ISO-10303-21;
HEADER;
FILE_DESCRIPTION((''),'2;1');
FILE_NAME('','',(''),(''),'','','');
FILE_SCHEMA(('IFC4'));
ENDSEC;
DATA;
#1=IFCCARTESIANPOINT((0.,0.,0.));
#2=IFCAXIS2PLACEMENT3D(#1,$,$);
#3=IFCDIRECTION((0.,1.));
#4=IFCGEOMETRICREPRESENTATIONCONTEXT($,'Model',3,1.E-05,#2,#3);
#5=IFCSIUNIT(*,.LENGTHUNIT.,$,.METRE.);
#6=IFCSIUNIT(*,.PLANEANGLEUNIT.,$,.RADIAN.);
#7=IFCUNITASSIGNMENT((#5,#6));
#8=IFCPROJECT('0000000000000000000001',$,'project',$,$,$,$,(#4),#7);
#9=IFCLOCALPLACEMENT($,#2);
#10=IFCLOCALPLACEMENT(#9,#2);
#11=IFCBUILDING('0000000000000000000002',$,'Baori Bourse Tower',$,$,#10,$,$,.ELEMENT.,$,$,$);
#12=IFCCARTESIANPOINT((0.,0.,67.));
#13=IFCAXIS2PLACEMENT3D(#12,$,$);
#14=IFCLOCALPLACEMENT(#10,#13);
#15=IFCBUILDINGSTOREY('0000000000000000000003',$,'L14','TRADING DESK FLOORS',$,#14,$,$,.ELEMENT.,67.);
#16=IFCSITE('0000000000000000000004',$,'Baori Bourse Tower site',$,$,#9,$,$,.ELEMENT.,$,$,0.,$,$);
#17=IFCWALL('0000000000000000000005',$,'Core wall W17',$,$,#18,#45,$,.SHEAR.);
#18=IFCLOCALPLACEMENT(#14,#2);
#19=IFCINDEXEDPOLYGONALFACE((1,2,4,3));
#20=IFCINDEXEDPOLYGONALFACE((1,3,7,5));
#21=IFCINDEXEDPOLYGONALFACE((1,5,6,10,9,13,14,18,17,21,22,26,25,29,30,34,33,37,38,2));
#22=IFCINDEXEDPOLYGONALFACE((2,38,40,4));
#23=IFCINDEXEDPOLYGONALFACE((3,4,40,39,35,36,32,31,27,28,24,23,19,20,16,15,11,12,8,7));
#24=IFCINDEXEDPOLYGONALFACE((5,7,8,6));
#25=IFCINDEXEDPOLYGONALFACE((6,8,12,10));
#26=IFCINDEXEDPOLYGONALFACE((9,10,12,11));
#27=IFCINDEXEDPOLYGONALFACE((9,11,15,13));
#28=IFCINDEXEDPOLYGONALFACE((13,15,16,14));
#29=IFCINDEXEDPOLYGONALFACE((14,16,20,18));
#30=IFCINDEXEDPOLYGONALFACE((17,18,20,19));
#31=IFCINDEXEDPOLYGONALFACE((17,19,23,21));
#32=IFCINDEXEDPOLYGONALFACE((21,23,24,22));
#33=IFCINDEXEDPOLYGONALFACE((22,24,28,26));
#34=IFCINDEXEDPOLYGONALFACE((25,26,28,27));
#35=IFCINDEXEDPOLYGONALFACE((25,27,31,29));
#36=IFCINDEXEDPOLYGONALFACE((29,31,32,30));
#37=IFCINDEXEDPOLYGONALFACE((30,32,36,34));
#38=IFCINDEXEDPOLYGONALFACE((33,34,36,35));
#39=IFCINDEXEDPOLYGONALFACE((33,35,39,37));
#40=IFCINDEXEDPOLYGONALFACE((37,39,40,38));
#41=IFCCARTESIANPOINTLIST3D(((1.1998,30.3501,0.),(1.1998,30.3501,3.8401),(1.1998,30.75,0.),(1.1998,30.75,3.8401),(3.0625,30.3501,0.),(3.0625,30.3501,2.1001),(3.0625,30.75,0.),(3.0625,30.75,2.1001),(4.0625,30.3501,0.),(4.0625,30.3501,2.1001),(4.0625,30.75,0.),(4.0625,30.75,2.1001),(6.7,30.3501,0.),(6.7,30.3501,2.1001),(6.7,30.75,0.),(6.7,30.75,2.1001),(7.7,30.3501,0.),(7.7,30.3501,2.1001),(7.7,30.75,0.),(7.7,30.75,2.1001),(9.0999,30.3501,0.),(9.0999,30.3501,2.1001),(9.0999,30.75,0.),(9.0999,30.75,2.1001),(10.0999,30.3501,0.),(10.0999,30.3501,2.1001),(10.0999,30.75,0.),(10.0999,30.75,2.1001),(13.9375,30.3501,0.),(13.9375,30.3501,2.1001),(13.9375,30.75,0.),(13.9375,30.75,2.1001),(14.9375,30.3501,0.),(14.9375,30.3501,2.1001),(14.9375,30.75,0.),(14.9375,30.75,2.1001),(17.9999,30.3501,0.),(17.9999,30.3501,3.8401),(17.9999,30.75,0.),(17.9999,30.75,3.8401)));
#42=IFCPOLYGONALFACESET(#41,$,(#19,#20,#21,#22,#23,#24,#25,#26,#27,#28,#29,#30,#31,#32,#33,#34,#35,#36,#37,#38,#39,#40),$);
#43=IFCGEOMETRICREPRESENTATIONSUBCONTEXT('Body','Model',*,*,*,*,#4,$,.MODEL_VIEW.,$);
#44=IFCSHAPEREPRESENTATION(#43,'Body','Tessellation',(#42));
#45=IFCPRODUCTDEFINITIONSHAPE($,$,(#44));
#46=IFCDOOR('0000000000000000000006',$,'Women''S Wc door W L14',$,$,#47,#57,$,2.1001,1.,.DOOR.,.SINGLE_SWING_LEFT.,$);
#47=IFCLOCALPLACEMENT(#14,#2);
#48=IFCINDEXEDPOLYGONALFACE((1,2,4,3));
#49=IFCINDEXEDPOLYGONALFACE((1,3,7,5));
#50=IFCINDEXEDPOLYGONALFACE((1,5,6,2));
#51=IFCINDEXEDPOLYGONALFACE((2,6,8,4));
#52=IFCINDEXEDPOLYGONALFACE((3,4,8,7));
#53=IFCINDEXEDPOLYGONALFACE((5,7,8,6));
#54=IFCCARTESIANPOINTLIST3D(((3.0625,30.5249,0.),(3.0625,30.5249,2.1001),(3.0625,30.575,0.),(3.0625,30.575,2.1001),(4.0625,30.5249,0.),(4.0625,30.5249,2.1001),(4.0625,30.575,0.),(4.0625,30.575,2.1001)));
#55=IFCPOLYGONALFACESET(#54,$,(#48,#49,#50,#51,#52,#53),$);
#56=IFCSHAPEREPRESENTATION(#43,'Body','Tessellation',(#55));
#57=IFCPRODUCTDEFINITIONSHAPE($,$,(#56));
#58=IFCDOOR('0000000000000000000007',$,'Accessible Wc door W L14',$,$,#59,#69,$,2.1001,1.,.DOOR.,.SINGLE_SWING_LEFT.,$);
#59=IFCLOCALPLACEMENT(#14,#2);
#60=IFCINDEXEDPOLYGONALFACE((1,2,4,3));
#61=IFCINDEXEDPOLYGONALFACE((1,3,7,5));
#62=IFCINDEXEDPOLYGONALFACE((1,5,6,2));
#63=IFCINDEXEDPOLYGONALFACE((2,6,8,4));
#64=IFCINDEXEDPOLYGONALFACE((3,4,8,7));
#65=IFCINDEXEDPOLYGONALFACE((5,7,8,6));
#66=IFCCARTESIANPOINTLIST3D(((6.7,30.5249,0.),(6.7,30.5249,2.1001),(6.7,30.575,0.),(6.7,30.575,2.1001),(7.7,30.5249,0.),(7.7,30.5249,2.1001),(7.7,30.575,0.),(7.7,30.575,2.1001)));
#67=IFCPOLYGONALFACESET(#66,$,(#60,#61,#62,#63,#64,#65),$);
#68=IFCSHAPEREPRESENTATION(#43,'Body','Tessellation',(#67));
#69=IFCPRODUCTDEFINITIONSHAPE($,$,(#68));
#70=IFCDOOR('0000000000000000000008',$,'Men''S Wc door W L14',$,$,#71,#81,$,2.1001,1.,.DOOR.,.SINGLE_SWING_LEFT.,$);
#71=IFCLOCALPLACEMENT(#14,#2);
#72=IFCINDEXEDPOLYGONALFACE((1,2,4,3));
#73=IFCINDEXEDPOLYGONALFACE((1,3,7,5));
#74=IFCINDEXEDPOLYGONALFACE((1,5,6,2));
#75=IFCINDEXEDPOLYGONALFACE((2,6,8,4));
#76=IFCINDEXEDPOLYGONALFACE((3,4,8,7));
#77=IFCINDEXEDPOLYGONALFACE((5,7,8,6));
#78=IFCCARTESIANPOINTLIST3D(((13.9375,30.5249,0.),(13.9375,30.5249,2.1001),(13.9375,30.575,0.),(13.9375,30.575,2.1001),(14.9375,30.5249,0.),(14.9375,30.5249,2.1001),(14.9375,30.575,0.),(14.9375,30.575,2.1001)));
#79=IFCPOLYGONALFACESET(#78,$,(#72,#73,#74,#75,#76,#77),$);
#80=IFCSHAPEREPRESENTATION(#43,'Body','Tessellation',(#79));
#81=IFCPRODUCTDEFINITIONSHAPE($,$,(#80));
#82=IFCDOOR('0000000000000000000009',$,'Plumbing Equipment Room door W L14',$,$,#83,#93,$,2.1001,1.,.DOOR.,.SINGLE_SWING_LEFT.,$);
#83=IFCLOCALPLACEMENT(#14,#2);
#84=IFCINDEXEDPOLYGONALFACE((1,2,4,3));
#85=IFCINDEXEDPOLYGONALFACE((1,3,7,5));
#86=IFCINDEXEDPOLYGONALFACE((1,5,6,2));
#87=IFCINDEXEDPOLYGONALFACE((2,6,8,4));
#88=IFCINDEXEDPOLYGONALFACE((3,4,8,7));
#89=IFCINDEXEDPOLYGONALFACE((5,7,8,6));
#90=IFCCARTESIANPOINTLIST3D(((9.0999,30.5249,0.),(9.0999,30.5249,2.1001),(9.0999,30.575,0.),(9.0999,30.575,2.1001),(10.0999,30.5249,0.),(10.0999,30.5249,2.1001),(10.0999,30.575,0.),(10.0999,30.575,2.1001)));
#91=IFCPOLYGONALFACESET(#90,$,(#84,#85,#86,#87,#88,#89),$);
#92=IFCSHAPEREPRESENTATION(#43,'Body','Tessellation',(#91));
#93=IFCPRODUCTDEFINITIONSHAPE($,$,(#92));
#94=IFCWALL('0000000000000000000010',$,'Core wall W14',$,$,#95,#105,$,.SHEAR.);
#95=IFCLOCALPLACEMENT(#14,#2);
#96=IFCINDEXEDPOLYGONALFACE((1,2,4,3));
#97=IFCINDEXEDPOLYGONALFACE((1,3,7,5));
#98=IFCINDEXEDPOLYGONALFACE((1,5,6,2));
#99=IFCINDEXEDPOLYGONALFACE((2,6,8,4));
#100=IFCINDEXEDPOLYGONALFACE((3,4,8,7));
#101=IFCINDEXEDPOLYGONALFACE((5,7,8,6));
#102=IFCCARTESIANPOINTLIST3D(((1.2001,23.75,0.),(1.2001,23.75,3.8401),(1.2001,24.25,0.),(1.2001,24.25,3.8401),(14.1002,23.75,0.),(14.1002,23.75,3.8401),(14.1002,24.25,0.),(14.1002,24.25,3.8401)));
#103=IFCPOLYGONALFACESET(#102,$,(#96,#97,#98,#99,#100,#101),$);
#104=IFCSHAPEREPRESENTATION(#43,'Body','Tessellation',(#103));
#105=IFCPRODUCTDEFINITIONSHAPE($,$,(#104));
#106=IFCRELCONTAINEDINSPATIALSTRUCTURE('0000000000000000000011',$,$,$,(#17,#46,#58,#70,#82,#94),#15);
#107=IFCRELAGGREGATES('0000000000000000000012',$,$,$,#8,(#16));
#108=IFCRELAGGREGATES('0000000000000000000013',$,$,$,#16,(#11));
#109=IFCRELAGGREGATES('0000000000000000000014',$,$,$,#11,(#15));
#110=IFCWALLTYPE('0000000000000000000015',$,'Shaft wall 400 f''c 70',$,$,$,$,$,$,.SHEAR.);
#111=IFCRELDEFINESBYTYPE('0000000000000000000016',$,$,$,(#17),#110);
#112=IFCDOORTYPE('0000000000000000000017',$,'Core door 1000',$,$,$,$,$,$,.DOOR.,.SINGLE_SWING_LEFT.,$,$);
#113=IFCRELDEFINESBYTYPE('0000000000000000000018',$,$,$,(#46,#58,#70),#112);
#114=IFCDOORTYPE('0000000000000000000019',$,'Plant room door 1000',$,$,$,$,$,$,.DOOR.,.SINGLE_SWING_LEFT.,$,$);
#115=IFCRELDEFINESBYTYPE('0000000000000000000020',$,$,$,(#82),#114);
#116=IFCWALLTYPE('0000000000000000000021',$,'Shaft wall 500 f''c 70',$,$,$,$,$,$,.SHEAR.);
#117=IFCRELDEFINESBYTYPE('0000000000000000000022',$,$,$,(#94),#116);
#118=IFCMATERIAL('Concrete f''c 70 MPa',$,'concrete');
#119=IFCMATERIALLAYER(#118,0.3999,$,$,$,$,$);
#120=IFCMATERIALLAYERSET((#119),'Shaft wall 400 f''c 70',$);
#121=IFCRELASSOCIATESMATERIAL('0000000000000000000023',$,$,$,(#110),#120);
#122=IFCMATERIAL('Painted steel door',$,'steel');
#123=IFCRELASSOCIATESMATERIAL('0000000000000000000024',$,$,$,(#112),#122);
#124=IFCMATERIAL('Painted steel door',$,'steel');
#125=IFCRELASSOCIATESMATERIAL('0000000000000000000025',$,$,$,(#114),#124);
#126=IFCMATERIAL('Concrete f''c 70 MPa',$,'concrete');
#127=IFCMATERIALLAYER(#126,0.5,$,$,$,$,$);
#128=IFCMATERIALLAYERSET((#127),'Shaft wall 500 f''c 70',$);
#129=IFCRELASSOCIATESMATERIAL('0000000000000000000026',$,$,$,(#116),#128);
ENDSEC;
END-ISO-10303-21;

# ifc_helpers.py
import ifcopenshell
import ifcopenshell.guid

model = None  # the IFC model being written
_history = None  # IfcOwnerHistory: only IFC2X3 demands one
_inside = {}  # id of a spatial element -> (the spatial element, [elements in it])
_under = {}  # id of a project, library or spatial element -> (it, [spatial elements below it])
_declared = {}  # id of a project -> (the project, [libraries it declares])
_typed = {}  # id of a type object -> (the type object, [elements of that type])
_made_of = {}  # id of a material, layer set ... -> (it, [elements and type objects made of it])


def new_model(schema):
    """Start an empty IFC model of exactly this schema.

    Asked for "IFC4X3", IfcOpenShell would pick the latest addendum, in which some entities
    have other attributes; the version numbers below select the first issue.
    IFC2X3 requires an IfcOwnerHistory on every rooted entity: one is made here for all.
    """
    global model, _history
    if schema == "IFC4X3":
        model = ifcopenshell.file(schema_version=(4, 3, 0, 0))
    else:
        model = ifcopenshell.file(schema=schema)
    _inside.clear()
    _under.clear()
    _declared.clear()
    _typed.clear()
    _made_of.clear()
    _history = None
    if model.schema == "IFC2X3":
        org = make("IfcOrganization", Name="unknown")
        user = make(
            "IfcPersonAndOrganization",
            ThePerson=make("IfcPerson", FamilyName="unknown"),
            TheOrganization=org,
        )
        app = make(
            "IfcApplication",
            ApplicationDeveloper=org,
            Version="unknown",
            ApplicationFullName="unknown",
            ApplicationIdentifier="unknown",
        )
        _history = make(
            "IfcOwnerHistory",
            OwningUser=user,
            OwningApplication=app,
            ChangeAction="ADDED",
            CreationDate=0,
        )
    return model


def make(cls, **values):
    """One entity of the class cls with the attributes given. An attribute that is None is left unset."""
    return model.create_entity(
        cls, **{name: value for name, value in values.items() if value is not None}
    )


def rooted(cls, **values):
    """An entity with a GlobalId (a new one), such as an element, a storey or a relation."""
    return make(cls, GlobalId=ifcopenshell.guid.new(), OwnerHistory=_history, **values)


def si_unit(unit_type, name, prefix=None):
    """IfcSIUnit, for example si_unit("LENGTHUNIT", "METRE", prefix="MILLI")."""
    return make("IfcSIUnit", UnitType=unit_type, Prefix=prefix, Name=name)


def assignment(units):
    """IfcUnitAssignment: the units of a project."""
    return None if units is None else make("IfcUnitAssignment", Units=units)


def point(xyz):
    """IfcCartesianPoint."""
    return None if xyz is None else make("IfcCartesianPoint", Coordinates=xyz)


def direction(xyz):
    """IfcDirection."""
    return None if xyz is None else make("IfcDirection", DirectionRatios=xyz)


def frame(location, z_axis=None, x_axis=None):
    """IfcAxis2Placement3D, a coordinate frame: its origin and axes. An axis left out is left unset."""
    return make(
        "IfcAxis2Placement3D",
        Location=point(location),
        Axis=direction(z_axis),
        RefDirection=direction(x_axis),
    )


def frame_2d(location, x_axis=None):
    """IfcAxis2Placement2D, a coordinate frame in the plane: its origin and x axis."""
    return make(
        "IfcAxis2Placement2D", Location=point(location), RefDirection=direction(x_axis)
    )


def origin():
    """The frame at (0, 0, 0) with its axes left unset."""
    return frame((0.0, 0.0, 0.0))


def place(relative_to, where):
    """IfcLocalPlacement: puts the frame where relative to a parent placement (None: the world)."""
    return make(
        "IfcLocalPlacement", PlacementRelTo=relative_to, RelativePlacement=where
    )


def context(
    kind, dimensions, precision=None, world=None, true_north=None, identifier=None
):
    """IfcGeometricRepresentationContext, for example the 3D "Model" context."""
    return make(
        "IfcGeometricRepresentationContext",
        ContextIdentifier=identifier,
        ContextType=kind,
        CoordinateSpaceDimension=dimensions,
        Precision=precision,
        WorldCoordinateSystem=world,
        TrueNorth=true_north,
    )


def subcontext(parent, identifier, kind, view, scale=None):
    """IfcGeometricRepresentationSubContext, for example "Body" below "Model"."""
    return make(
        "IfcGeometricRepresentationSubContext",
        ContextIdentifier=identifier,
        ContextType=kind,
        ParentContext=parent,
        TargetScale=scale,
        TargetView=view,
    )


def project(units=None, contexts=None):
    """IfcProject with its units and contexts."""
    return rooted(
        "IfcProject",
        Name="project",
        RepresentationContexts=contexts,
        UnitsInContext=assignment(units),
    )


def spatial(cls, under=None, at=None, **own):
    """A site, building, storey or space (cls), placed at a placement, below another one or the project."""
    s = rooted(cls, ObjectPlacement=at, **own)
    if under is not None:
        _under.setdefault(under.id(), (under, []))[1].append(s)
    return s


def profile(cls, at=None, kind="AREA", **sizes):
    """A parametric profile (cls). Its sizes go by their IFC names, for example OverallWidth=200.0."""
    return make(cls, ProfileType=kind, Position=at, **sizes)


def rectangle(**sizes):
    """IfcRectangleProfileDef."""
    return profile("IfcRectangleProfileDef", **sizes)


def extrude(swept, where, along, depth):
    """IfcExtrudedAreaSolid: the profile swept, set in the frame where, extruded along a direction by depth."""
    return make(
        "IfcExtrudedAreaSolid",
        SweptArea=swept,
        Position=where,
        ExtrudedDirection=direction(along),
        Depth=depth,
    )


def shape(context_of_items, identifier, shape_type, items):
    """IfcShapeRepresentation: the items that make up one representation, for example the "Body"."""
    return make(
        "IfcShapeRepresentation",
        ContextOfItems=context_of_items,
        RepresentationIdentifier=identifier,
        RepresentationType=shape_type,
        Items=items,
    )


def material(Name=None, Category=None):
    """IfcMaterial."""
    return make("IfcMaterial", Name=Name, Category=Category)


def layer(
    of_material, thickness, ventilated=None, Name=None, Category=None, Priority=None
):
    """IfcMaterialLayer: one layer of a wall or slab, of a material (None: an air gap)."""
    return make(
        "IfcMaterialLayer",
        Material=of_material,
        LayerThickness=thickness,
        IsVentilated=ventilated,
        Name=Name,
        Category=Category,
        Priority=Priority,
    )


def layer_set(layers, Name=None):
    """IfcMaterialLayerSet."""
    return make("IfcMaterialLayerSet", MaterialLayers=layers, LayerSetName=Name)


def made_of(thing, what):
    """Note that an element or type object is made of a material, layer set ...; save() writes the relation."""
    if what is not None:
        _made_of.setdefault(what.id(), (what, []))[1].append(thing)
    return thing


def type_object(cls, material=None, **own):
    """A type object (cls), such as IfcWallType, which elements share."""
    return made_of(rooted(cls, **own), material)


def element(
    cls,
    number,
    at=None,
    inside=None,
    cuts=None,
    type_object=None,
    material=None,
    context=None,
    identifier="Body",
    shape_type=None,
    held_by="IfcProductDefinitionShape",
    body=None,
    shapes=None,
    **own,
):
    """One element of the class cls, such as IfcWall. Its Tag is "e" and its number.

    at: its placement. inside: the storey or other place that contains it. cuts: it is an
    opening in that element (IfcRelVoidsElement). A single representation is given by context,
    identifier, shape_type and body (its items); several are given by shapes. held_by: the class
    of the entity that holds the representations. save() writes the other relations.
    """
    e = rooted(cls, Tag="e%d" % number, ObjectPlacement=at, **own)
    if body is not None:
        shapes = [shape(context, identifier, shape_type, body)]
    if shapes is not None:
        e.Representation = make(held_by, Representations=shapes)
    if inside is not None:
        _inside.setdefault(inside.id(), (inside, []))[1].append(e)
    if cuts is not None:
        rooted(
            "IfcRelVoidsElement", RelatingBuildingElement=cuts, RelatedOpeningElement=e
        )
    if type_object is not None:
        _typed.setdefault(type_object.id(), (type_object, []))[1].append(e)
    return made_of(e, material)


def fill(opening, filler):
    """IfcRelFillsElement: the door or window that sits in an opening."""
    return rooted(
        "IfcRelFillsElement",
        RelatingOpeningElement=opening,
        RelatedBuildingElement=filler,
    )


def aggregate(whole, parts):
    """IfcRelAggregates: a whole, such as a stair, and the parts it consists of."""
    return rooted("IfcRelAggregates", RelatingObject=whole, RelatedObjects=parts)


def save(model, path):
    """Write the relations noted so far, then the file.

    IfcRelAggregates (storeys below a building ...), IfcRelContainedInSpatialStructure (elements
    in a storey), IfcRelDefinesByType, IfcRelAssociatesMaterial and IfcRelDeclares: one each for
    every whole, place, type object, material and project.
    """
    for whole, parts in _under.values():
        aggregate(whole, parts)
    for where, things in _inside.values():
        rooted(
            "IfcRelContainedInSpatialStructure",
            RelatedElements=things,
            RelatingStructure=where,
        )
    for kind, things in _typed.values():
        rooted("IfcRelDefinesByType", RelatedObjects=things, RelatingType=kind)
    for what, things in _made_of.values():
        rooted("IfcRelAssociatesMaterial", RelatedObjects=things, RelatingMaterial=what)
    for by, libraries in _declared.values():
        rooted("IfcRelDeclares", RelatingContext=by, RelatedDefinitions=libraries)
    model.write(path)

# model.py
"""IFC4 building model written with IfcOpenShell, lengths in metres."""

from ifc_helpers import new_model, si_unit, direction, frame, frame_2d, origin, place, context, subcontext, project, spatial, rectangle, extrude, material, layer, layer_set, type_object, element, fill, save


model = new_model("IFC4")

# Units and contexts
model_context = context("Model", 3, precision=1e-05, world=origin(), true_north=direction((0.0, 1.0)))
body_context = subcontext(model_context, "Body", "Model", "MODEL_VIEW")
ifc_project = project(units=[si_unit("LENGTHUNIT", "METRE"), si_unit("PLANEANGLEUNIT", "RADIAN")], contexts=[model_context])

# Site, building, storey
site_placement = place(None, origin())
site = spatial("IfcSite", under=ifc_project, at=site_placement, Name="Baori Bourse Tower site", CompositionType="ELEMENT", RefElevation=0.0)
building_placement = place(site_placement, origin())
building = spatial("IfcBuilding", under=site, at=building_placement, Name="Baori Bourse Tower", CompositionType="ELEMENT")
storey_placement = place(building_placement, frame((0.0, 0.0, 67.0)))
storey = spatial("IfcBuildingStorey", under=building, at=storey_placement, Name="L14", Description="TRADING DESK FLOORS", CompositionType="ELEMENT", Elevation=67.0)

# Shared definitions
ifc_material_1 = material(Name="Concrete f'c 70 MPa", Category="concrete")
ifc_layer_1 = layer(ifc_material_1, 0.3999)
ifc_layer_set_1 = layer_set([ifc_layer_1], Name="Shaft wall 400 f'c 70")
wall_type_1 = type_object("IfcWallType", Name="Shaft wall 400 f'c 70", PredefinedType="SHEAR", material=ifc_layer_set_1)

# Wall, openings, doors
wall_1_placement = place(storey_placement, frame((1.2, 30.55, 0.0), z_axis=(0.0, 0.0, 1.0), x_axis=(1.0, 0.0, 0.0)))
wall_1 = element("IfcWall", 1, at=wall_1_placement, inside=storey, type_object=wall_type_1, Name="Core wall W17", PredefinedType="SHEAR", context=body_context, shape_type="SweptSolid", body=[
    extrude(rectangle(XDim=16.8, YDim=0.3999, at=frame_2d((8.3999, 0.0))), origin(), (0.0, 0.0, 1.0), 3.8401),
])
opening_1_placement = place(wall_1_placement, frame((1.8625, 0.0, 0.0)))
opening_1 = element("IfcOpeningElement", 2, at=opening_1_placement, cuts=wall_1, PredefinedType="OPENING", context=body_context, shape_type="SweptSolid", body=[
    extrude(rectangle(XDim=1.0, YDim=2.1001, at=frame_2d((0.5, 1.05))), frame((0.0, 0.21, 0.0), z_axis=(0.0, -1.0, 0.0), x_axis=(1.0, 0.0, 0.0)), (0.0, 0.0, 1.0), 0.4199),
])
opening_2_placement = place(wall_1_placement, frame((5.5, 0.0, 0.0)))
opening_2 = element("IfcOpeningElement", 3, at=opening_2_placement, cuts=wall_1, PredefinedType="OPENING", context=body_context, shape_type="SweptSolid", body=[
    extrude(rectangle(XDim=1.0, YDim=2.1001, at=frame_2d((0.5, 1.05))), frame((0.0, 0.21, 0.0), z_axis=(0.0, -1.0, 0.0), x_axis=(1.0, 0.0, 0.0)), (0.0, 0.0, 1.0), 0.4199),
])
opening_3_placement = place(wall_1_placement, frame((7.8999, 0.0, 0.0)))
opening_3 = element("IfcOpeningElement", 4, at=opening_3_placement, cuts=wall_1, PredefinedType="OPENING", context=body_context, shape_type="SweptSolid", body=[
    extrude(rectangle(XDim=1.0, YDim=2.1001, at=frame_2d((0.5, 1.05))), frame((0.0, 0.21, 0.0), z_axis=(0.0, -1.0, 0.0), x_axis=(1.0, 0.0, 0.0)), (0.0, 0.0, 1.0), 0.4199),
])
opening_4_placement = place(wall_1_placement, frame((12.7375, 0.0, 0.0)))
opening_4 = element("IfcOpeningElement", 5, at=opening_4_placement, cuts=wall_1, PredefinedType="OPENING", context=body_context, shape_type="SweptSolid", body=[
    extrude(rectangle(XDim=1.0, YDim=2.1001, at=frame_2d((0.5, 1.05))), frame((0.0, 0.21, 0.0), z_axis=(0.0, -1.0, 0.0), x_axis=(1.0, 0.0, 0.0)), (0.0, 0.0, 1.0), 0.4199),
])
ifc_material_2 = material(Name="Painted steel door", Category="steel")
door_type_1 = type_object("IfcDoorType", Name="Core door 1000", OperationType="SINGLE_SWING_LEFT", PredefinedType="DOOR", material=ifc_material_2)
door_1_placement = place(opening_1_placement, origin())
door_1 = element("IfcDoor", 6, at=door_1_placement, inside=storey, type_object=door_type_1, Name="Women'S Wc door W L14", OperationType="SINGLE_SWING_LEFT", OverallHeight=2.1001, OverallWidth=1.0, PredefinedType="DOOR", context=body_context, shape_type="SweptSolid", body=[
    extrude(rectangle(XDim=1.0, YDim=2.1001, at=frame_2d((0.5, 1.05))), frame((0.0, 0.0249, 0.0), z_axis=(0.0, -1.0, 0.0), x_axis=(1.0, 0.0, 0.0)), (0.0, 0.0, 1.0), 0.05),
])
fill(opening_1, door_1)
door_2_placement = place(opening_2_placement, origin())
door_2 = element("IfcDoor", 7, at=door_2_placement, inside=storey, type_object=door_type_1, Name="Accessible Wc door W L14", OperationType="SINGLE_SWING_LEFT", OverallHeight=2.1001, OverallWidth=1.0, PredefinedType="DOOR", context=body_context, shape_type="SweptSolid", body=[
    extrude(rectangle(XDim=1.0, YDim=2.1001, at=frame_2d((0.5, 1.05))), frame((0.0, 0.0249, 0.0), z_axis=(0.0, -1.0, 0.0), x_axis=(1.0, 0.0, 0.0)), (0.0, 0.0, 1.0), 0.05),
])
fill(opening_2, door_2)
door_3_placement = place(opening_4_placement, origin())
door_3 = element("IfcDoor", 8, at=door_3_placement, inside=storey, type_object=door_type_1, Name="Men'S Wc door W L14", OperationType="SINGLE_SWING_LEFT", OverallHeight=2.1001, OverallWidth=1.0, PredefinedType="DOOR", context=body_context, shape_type="SweptSolid", body=[
    extrude(rectangle(XDim=1.0, YDim=2.1001, at=frame_2d((0.5, 1.05))), frame((0.0, 0.0249, 0.0), z_axis=(0.0, -1.0, 0.0), x_axis=(1.0, 0.0, 0.0)), (0.0, 0.0, 1.0), 0.05),
])
fill(opening_4, door_3)
ifc_material_3 = material(Name="Painted steel door", Category="steel")
door_type_2 = type_object("IfcDoorType", Name="Plant room door 1000", OperationType="SINGLE_SWING_LEFT", PredefinedType="DOOR", material=ifc_material_3)
door_4_placement = place(opening_3_placement, origin())
door_4 = element("IfcDoor", 9, at=door_4_placement, inside=storey, type_object=door_type_2, Name="Plumbing Equipment Room door W L14", OperationType="SINGLE_SWING_LEFT", OverallHeight=2.1001, OverallWidth=1.0, PredefinedType="DOOR", context=body_context, shape_type="SweptSolid", body=[
    extrude(rectangle(XDim=1.0, YDim=2.1001, at=frame_2d((0.5, 1.05))), frame((0.0, 0.0249, 0.0), z_axis=(0.0, -1.0, 0.0), x_axis=(1.0, 0.0, 0.0)), (0.0, 0.0, 1.0), 0.05),
])
fill(opening_3, door_4)

# Wall
ifc_material_4 = material(Name="Concrete f'c 70 MPa", Category="concrete")
ifc_layer_2 = layer(ifc_material_4, 0.5)
ifc_layer_set_2 = layer_set([ifc_layer_2], Name="Shaft wall 500 f'c 70")
wall_type_2 = type_object("IfcWallType", Name="Shaft wall 500 f'c 70", PredefinedType="SHEAR", material=ifc_layer_set_2)
wall_2_placement = place(storey_placement, frame((1.2, 24.0, 0.0), z_axis=(0.0, 0.0, 1.0), x_axis=(1.0, 0.0, 0.0)))
element("IfcWall", 10, at=wall_2_placement, inside=storey, type_object=wall_type_2, Name="Core wall W14", PredefinedType="SHEAR", context=body_context, shape_type="SweptSolid", body=[
    extrude(rectangle(XDim=12.9001, YDim=0.5, at=frame_2d((6.4502, 0.0))), origin(), (0.0, 0.0, 1.0), 3.8401),
])

save(model, "model.ifc")
